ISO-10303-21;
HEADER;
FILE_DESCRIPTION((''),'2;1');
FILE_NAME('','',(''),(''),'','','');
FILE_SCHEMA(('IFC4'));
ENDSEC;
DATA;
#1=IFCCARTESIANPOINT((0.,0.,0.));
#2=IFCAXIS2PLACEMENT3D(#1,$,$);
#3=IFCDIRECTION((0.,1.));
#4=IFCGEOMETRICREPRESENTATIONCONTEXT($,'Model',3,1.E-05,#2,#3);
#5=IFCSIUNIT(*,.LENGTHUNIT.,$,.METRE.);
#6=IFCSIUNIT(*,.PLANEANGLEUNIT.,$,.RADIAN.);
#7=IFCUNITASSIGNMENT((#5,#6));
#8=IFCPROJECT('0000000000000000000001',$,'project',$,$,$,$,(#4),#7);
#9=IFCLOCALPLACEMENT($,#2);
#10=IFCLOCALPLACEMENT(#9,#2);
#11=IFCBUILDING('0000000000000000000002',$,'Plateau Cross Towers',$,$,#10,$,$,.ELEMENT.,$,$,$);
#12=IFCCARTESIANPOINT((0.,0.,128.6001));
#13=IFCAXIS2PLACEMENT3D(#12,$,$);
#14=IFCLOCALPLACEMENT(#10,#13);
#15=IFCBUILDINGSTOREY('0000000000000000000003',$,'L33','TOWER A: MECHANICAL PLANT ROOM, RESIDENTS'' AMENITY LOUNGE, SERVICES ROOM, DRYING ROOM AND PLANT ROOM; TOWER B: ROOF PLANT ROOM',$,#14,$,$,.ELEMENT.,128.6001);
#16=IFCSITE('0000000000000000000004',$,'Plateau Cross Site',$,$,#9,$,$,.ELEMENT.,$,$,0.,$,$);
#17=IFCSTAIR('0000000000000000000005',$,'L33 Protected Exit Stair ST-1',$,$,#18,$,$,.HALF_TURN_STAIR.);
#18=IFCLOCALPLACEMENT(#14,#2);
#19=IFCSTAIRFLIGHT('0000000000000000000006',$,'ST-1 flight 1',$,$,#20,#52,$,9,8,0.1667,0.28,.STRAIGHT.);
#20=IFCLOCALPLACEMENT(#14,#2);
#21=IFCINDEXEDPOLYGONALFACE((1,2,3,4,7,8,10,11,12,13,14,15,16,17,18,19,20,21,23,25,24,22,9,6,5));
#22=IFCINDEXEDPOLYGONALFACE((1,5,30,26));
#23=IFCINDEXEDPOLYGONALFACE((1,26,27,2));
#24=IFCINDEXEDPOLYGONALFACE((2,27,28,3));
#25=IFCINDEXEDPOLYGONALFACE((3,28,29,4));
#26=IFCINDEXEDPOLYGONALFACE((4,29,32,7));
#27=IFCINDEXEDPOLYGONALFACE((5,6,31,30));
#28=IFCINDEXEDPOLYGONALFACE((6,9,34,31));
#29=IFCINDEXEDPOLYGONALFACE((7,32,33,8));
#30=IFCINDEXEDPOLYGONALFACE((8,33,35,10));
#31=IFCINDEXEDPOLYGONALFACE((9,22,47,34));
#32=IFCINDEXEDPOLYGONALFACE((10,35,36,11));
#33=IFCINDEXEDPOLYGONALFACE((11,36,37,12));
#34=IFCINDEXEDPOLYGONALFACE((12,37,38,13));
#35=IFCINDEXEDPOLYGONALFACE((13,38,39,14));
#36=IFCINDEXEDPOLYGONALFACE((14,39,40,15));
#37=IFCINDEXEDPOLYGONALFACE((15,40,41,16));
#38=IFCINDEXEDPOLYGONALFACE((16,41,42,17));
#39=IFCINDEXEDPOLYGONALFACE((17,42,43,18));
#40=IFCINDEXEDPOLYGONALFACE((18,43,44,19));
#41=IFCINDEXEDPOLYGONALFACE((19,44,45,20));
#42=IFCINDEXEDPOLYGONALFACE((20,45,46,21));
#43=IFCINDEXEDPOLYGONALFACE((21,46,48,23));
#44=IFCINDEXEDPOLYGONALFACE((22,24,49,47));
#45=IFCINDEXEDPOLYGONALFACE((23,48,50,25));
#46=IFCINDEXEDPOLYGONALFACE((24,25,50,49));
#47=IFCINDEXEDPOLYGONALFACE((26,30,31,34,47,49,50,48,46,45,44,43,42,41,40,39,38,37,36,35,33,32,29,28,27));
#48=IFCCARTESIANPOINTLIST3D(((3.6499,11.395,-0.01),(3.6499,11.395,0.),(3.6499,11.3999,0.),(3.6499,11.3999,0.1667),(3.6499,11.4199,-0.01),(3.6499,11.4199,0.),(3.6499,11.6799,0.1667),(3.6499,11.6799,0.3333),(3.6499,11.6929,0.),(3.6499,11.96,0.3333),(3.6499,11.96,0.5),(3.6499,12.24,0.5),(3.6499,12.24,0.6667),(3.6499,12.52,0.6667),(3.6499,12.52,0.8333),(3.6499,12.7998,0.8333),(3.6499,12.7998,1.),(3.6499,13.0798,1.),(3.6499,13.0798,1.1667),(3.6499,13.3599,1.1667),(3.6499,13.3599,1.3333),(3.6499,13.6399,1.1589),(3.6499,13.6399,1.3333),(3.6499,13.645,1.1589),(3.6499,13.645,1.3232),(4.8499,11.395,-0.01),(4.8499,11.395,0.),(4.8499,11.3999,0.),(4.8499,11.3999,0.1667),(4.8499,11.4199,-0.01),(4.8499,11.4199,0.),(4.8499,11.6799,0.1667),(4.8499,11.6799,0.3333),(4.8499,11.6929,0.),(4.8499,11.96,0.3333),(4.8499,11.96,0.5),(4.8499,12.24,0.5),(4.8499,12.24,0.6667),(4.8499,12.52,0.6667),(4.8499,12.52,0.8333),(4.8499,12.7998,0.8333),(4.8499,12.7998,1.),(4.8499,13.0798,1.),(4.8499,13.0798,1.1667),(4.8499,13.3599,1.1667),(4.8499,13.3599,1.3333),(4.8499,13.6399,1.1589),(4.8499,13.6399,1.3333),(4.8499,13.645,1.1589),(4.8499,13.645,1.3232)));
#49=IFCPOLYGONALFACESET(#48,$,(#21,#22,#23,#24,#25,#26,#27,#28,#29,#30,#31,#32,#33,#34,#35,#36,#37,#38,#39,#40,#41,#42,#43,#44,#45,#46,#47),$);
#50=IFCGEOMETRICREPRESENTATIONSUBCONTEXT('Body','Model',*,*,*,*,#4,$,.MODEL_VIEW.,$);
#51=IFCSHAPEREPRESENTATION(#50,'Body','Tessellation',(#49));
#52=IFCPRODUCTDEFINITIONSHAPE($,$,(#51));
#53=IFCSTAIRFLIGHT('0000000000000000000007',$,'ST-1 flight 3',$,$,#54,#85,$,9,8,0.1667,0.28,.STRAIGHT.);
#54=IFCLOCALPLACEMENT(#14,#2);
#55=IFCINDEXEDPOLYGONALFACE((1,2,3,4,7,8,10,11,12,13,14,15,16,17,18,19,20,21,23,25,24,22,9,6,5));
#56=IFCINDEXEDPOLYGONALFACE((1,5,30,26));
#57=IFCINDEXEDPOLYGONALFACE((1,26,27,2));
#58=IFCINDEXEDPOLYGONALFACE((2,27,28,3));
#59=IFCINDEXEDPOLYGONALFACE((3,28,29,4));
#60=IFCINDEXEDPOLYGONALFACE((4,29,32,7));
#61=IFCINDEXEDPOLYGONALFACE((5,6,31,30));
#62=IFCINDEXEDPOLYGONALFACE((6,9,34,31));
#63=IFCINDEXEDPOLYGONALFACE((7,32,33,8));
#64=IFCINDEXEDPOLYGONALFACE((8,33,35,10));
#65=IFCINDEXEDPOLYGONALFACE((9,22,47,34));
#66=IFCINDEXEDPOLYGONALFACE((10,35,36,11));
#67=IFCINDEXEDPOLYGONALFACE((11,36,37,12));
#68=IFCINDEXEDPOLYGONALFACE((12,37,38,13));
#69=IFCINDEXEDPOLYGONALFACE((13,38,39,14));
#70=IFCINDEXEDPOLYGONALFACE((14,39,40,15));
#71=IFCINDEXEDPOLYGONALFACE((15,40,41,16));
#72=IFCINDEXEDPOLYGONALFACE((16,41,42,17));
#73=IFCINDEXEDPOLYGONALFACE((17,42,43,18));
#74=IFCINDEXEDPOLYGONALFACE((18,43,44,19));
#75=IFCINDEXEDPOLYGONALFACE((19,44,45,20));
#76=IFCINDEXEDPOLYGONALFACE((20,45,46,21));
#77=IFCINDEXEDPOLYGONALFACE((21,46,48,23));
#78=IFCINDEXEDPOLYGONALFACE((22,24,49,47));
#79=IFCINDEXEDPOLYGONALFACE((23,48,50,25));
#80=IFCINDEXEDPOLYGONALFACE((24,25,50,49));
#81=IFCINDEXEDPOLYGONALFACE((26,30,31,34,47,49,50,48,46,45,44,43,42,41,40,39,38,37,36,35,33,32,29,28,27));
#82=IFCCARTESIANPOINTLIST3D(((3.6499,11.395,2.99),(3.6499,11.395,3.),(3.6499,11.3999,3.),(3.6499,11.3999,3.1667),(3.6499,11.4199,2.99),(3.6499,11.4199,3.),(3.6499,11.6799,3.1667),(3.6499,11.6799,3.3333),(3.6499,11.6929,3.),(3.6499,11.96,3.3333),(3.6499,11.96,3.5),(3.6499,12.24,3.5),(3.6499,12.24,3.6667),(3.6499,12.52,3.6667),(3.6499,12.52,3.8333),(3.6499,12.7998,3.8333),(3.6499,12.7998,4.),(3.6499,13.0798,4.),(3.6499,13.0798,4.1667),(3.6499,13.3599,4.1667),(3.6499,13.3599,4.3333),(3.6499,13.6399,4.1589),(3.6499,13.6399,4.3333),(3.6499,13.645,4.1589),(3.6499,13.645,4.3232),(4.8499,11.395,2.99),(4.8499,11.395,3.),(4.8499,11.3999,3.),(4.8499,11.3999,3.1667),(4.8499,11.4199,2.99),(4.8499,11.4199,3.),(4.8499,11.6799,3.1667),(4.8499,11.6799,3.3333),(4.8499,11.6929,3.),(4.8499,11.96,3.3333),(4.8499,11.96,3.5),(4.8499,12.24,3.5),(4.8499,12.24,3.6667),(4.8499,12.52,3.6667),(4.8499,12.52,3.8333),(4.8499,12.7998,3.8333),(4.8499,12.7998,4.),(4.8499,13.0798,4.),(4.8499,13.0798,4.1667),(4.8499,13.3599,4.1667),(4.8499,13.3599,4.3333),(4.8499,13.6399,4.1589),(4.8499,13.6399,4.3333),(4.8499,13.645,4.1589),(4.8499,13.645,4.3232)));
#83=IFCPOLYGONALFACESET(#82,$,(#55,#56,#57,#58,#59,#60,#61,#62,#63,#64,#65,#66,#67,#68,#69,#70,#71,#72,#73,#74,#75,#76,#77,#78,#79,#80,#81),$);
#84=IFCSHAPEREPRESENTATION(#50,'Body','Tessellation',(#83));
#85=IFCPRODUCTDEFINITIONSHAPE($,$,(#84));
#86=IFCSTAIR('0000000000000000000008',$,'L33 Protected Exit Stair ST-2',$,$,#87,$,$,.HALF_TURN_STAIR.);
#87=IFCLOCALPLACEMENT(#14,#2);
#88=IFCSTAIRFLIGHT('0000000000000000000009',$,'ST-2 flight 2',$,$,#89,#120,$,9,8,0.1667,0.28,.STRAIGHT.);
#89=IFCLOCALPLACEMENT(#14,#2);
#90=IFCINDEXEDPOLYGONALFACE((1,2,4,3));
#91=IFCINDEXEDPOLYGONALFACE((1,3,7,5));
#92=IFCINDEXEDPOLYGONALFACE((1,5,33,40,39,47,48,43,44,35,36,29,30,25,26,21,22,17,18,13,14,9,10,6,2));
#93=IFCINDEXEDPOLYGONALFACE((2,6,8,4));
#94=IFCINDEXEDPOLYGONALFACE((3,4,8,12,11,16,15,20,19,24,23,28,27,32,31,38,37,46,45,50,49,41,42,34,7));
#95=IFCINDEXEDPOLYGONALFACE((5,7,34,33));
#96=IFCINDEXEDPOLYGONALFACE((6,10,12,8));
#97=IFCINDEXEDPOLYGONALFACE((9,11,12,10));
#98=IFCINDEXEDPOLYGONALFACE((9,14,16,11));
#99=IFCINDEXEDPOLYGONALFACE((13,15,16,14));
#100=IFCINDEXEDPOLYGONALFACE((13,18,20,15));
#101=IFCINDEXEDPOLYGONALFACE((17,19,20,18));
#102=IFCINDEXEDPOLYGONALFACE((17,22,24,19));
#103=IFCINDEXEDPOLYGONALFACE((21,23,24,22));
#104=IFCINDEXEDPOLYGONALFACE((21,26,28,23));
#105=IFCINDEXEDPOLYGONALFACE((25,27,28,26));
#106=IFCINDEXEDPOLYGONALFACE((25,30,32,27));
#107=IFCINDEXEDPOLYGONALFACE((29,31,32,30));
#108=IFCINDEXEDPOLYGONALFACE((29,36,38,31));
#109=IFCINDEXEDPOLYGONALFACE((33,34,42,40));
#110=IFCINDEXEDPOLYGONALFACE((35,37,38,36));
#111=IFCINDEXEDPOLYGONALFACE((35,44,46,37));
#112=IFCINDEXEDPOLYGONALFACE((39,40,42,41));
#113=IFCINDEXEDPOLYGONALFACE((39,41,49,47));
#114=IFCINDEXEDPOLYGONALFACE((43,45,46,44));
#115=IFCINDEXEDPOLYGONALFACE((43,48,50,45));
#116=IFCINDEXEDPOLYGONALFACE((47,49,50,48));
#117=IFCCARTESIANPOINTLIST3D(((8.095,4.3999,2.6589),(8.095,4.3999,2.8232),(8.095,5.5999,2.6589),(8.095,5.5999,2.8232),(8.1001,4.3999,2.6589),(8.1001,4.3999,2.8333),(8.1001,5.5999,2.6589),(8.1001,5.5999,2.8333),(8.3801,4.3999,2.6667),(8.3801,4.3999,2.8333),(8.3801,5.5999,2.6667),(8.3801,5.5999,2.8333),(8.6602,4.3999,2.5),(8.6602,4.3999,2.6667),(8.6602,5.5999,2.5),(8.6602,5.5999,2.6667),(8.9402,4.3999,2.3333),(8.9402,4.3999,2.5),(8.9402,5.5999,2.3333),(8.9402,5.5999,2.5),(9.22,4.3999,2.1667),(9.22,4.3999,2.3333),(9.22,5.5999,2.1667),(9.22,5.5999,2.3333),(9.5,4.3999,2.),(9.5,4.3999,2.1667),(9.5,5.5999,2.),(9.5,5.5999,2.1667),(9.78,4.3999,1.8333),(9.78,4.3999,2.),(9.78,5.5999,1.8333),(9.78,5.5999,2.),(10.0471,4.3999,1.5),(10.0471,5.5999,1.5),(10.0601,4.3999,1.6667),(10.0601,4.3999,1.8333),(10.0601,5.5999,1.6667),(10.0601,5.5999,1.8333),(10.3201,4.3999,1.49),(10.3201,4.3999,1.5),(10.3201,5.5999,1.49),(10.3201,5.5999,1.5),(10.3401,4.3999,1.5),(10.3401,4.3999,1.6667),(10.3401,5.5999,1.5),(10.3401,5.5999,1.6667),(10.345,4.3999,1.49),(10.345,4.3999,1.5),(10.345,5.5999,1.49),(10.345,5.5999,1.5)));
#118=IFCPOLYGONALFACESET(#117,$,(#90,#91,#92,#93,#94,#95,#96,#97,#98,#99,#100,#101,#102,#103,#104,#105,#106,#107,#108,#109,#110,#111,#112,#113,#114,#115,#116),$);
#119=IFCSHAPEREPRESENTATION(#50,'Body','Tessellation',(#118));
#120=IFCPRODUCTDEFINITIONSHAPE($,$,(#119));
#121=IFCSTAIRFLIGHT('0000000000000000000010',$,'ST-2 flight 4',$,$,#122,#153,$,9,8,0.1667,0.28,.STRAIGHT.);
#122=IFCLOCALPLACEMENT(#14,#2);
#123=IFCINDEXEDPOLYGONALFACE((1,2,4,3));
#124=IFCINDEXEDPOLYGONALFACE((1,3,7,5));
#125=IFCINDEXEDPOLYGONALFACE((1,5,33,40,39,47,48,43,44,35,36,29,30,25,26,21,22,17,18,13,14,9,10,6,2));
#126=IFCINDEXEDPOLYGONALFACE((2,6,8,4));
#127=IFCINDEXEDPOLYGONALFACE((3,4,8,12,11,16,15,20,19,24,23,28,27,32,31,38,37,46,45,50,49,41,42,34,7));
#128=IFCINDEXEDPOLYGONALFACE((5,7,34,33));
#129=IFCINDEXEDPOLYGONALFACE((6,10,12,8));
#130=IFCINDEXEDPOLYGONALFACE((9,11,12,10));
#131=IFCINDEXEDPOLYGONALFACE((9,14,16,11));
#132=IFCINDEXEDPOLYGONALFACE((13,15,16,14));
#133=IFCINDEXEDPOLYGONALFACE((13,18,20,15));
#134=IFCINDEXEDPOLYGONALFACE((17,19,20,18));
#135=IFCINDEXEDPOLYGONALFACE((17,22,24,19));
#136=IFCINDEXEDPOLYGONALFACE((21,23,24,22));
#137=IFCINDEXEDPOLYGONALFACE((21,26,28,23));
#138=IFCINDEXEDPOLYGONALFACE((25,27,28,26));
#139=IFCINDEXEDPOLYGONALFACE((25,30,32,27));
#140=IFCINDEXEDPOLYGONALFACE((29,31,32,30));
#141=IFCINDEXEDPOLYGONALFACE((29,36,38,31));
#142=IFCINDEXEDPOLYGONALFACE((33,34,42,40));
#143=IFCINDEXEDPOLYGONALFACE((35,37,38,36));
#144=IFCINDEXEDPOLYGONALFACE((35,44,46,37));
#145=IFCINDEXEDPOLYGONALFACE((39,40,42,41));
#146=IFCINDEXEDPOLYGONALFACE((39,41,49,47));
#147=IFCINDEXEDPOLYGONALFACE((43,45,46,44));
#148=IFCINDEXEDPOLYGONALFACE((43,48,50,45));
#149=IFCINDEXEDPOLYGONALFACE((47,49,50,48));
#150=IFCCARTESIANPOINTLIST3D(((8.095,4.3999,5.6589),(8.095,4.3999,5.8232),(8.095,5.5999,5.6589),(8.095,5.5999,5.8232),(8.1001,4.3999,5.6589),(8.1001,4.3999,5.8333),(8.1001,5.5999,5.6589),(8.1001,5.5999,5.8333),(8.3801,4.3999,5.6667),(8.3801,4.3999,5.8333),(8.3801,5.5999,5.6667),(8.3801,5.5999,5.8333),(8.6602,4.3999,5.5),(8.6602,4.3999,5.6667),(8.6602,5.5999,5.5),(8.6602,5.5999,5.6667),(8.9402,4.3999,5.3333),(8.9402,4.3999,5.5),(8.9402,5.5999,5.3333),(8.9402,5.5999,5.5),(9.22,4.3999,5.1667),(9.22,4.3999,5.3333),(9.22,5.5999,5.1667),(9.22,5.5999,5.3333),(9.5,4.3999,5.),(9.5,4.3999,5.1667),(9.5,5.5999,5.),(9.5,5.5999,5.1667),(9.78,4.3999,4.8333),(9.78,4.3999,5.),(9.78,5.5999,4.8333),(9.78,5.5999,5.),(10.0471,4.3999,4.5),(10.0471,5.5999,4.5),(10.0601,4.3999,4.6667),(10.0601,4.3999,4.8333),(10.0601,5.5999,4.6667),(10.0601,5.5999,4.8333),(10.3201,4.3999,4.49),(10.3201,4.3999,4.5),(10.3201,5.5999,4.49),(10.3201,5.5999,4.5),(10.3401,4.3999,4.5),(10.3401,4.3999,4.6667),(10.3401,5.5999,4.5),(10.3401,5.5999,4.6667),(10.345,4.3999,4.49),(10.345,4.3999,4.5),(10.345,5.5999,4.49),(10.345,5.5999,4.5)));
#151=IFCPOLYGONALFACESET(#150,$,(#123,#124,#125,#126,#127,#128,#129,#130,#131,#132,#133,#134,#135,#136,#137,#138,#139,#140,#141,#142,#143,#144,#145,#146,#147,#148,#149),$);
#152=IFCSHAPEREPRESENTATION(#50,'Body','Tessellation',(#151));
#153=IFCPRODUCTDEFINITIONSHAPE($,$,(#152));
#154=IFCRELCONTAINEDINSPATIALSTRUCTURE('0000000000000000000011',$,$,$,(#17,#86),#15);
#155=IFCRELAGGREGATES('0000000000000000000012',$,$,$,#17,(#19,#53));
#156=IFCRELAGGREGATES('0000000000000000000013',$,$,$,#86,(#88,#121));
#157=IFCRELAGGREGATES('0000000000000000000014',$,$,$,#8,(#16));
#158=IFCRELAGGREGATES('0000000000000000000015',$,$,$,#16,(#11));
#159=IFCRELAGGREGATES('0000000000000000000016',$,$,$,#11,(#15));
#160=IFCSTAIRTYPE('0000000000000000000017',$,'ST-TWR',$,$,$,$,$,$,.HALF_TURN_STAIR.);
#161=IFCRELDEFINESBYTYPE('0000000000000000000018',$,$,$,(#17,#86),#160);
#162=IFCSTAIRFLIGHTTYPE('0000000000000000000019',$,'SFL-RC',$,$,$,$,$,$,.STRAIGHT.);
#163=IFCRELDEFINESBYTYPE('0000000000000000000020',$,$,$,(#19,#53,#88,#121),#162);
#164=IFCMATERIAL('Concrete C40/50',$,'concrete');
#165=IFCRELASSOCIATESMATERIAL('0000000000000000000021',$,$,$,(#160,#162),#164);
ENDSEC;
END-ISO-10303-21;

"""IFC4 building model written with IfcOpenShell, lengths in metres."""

from ifc_helpers import new_model, si_unit, direction, frame, origin, place, context, subcontext, project, spatial, polyline, outline, extrude, material, type_object, element, aggregate, save


model = new_model("IFC4")

# Units and contexts
model_context = context("Model", 3, precision=1e-05, world=origin(), true_north=direction((0.0, 1.0)))
body_context = subcontext(model_context, "Body", "Model", "MODEL_VIEW")
ifc_project = project(units=[si_unit("LENGTHUNIT", "METRE"), si_unit("PLANEANGLEUNIT", "RADIAN")], contexts=[model_context])

# Site, building, storey
site_placement = place(None, origin())
site = spatial("IfcSite", under=ifc_project, at=site_placement, Name="Plateau Cross Site", CompositionType="ELEMENT", RefElevation=0.0)
building_placement = place(site_placement, origin())
building = spatial("IfcBuilding", under=site, at=building_placement, Name="Plateau Cross Towers", CompositionType="ELEMENT")
storey_placement = place(building_placement, frame((0.0, 0.0, 128.6001)))
storey = spatial("IfcBuildingStorey", under=building, at=storey_placement, Name="L33", Description="TOWER A: MECHANICAL PLANT ROOM, RESIDENTS' AMENITY LOUNGE, SERVICES ROOM, DRYING ROOM AND PLANT ROOM; TOWER B: ROOF PLANT ROOM", CompositionType="ELEMENT", Elevation=128.6001)

# Stairs, stair flights
ifc_material_1 = material(Name="Concrete C40/50", Category="concrete")
stair_type = type_object("IfcStairType", Name="ST-TWR", PredefinedType="HALF_TURN_STAIR", material=ifc_material_1)
stair_1_placement = place(storey_placement, origin())
stair_1 = element("IfcStair", 1, at=stair_1_placement, inside=storey, type_object=stair_type, Name="L33 Protected Exit Stair ST-1", PredefinedType="HALF_TURN_STAIR")
stair_flight_type = type_object("IfcStairFlightType", Name="SFL-RC", PredefinedType="STRAIGHT", material=ifc_material_1)
stair_flight_1_placement = place(storey_placement, frame((4.25, 11.3999, 0.0), z_axis=(0.0, 0.0, 1.0), x_axis=(0.0, 1.0, 0.0)))
stair_flight_1 = element("IfcStairFlight", 2, at=stair_flight_1_placement, type_object=stair_flight_type, Name="ST-1 flight 1", NumberOfRisers=9, NumberOfTreads=8, PredefinedType="STRAIGHT", RiserHeight=0.1667, TreadLength=0.28, context=body_context, shape_type="SweptSolid", body=[
    extrude(outline(polyline([(-0.0049, -0.01), (-0.0049, 0.0), (0.0, 0.0), (0.0, 0.1667), (0.28, 0.1667), (0.28, 0.3333), (0.5601, 0.3333), (0.5601, 0.5), (0.8401, 0.5), (0.8401, 0.6667), (1.1201, 0.6667), (1.1201, 0.8333), (1.3999, 0.8333), (1.3999, 1.0), (1.6799, 1.0), (1.6799, 1.1667), (1.96, 1.1667), (1.96, 1.3333), (2.24, 1.3333), (2.2451, 1.3232), (2.2451, 1.1589), (2.24, 1.1589), (0.293, 0.0), (0.02, 0.0), (0.02, -0.01), (-0.0049, -0.01)])), frame((0.0, 0.6001, 0.0), z_axis=(0.0, -1.0, 0.0), x_axis=(1.0, 0.0, 0.0)), (0.0, 0.0, 1.0), 1.2),
])
stair_flight_2_placement = place(storey_placement, frame((4.25, 11.3999, 3.0), z_axis=(0.0, 0.0, 1.0), x_axis=(0.0, 1.0, 0.0)))
stair_flight_2 = element("IfcStairFlight", 3, at=stair_flight_2_placement, type_object=stair_flight_type, Name="ST-1 flight 3", NumberOfRisers=9, NumberOfTreads=8, PredefinedType="STRAIGHT", RiserHeight=0.1667, TreadLength=0.28, context=body_context, shape_type="SweptSolid", body=[
    extrude(outline(polyline([(-0.0049, -0.01), (-0.0049, 0.0), (0.0, 0.0), (0.0, 0.1667), (0.28, 0.1667), (0.28, 0.3333), (0.5601, 0.3333), (0.5601, 0.5), (0.8401, 0.5), (0.8401, 0.6667), (1.1201, 0.6667), (1.1201, 0.8333), (1.3999, 0.8333), (1.3999, 1.0), (1.6799, 1.0), (1.6799, 1.1667), (1.96, 1.1667), (1.96, 1.3333), (2.24, 1.3333), (2.2451, 1.3232), (2.2451, 1.1589), (2.24, 1.1589), (0.293, 0.0), (0.02, 0.0), (0.02, -0.01), (-0.0049, -0.01)])), frame((0.0, 0.6001, 0.0), z_axis=(0.0, -1.0, 0.0), x_axis=(1.0, 0.0, 0.0)), (0.0, 0.0, 1.0), 1.2),
])
aggregate(stair_1, [stair_flight_1, stair_flight_2])
stair_2_placement = place(storey_placement, origin())
stair_2 = element("IfcStair", 4, at=stair_2_placement, inside=storey, type_object=stair_type, Name="L33 Protected Exit Stair ST-2", PredefinedType="HALF_TURN_STAIR")
stair_flight_3_placement = place(storey_placement, frame((10.3401, 5.0, 1.5), z_axis=(0.0, 0.0, 1.0), x_axis=(-1.0, 0.0, 0.0)))
stair_flight_3 = element("IfcStairFlight", 5, at=stair_flight_3_placement, type_object=stair_flight_type, Name="ST-2 flight 2", NumberOfRisers=9, NumberOfTreads=8, PredefinedType="STRAIGHT", RiserHeight=0.1667, TreadLength=0.28, context=body_context, shape_type="SweptSolid", body=[
    extrude(outline(polyline([(-0.0049, -0.01), (-0.0049, 0.0), (0.0, 0.0), (0.0, 0.1667), (0.28, 0.1667), (0.28, 0.3333), (0.5601, 0.3333), (0.5601, 0.5), (0.8401, 0.5), (0.8401, 0.6667), (1.1201, 0.6667), (1.1201, 0.8333), (1.3999, 0.8333), (1.3999, 1.0), (1.6799, 1.0), (1.6799, 1.1667), (1.96, 1.1667), (1.96, 1.3333), (2.24, 1.3333), (2.2451, 1.3232), (2.2451, 1.1589), (2.24, 1.1589), (0.293, 0.0), (0.02, 0.0), (0.02, -0.01), (-0.0049, -0.01)])), frame((0.0, 0.6001, 0.0), z_axis=(0.0, -1.0, 0.0), x_axis=(1.0, 0.0, 0.0)), (0.0, 0.0, 1.0), 1.2),
])
stair_flight_4_placement = place(storey_placement, frame((10.3401, 5.0, 4.5), z_axis=(0.0, 0.0, 1.0), x_axis=(-1.0, 0.0, 0.0)))
stair_flight_4 = element("IfcStairFlight", 6, at=stair_flight_4_placement, type_object=stair_flight_type, Name="ST-2 flight 4", NumberOfRisers=9, NumberOfTreads=8, PredefinedType="STRAIGHT", RiserHeight=0.1667, TreadLength=0.28, context=body_context, shape_type="SweptSolid", body=[
    extrude(outline(polyline([(-0.0049, -0.01), (-0.0049, 0.0), (0.0, 0.0), (0.0, 0.1667), (0.28, 0.1667), (0.28, 0.3333), (0.5601, 0.3333), (0.5601, 0.5), (0.8401, 0.5), (0.8401, 0.6667), (1.1201, 0.6667), (1.1201, 0.8333), (1.3999, 0.8333), (1.3999, 1.0), (1.6799, 1.0), (1.6799, 1.1667), (1.96, 1.1667), (1.96, 1.3333), (2.24, 1.3333), (2.2451, 1.3232), (2.2451, 1.1589), (2.24, 1.1589), (0.293, 0.0), (0.02, 0.0), (0.02, -0.01), (-0.0049, -0.01)])), frame((0.0, 0.6001, 0.0), z_axis=(0.0, -1.0, 0.0), x_axis=(1.0, 0.0, 0.0)), (0.0, 0.0, 1.0), 1.2),
])
aggregate(stair_2, [stair_flight_3, stair_flight_4])

save(model, "model.ifc")
